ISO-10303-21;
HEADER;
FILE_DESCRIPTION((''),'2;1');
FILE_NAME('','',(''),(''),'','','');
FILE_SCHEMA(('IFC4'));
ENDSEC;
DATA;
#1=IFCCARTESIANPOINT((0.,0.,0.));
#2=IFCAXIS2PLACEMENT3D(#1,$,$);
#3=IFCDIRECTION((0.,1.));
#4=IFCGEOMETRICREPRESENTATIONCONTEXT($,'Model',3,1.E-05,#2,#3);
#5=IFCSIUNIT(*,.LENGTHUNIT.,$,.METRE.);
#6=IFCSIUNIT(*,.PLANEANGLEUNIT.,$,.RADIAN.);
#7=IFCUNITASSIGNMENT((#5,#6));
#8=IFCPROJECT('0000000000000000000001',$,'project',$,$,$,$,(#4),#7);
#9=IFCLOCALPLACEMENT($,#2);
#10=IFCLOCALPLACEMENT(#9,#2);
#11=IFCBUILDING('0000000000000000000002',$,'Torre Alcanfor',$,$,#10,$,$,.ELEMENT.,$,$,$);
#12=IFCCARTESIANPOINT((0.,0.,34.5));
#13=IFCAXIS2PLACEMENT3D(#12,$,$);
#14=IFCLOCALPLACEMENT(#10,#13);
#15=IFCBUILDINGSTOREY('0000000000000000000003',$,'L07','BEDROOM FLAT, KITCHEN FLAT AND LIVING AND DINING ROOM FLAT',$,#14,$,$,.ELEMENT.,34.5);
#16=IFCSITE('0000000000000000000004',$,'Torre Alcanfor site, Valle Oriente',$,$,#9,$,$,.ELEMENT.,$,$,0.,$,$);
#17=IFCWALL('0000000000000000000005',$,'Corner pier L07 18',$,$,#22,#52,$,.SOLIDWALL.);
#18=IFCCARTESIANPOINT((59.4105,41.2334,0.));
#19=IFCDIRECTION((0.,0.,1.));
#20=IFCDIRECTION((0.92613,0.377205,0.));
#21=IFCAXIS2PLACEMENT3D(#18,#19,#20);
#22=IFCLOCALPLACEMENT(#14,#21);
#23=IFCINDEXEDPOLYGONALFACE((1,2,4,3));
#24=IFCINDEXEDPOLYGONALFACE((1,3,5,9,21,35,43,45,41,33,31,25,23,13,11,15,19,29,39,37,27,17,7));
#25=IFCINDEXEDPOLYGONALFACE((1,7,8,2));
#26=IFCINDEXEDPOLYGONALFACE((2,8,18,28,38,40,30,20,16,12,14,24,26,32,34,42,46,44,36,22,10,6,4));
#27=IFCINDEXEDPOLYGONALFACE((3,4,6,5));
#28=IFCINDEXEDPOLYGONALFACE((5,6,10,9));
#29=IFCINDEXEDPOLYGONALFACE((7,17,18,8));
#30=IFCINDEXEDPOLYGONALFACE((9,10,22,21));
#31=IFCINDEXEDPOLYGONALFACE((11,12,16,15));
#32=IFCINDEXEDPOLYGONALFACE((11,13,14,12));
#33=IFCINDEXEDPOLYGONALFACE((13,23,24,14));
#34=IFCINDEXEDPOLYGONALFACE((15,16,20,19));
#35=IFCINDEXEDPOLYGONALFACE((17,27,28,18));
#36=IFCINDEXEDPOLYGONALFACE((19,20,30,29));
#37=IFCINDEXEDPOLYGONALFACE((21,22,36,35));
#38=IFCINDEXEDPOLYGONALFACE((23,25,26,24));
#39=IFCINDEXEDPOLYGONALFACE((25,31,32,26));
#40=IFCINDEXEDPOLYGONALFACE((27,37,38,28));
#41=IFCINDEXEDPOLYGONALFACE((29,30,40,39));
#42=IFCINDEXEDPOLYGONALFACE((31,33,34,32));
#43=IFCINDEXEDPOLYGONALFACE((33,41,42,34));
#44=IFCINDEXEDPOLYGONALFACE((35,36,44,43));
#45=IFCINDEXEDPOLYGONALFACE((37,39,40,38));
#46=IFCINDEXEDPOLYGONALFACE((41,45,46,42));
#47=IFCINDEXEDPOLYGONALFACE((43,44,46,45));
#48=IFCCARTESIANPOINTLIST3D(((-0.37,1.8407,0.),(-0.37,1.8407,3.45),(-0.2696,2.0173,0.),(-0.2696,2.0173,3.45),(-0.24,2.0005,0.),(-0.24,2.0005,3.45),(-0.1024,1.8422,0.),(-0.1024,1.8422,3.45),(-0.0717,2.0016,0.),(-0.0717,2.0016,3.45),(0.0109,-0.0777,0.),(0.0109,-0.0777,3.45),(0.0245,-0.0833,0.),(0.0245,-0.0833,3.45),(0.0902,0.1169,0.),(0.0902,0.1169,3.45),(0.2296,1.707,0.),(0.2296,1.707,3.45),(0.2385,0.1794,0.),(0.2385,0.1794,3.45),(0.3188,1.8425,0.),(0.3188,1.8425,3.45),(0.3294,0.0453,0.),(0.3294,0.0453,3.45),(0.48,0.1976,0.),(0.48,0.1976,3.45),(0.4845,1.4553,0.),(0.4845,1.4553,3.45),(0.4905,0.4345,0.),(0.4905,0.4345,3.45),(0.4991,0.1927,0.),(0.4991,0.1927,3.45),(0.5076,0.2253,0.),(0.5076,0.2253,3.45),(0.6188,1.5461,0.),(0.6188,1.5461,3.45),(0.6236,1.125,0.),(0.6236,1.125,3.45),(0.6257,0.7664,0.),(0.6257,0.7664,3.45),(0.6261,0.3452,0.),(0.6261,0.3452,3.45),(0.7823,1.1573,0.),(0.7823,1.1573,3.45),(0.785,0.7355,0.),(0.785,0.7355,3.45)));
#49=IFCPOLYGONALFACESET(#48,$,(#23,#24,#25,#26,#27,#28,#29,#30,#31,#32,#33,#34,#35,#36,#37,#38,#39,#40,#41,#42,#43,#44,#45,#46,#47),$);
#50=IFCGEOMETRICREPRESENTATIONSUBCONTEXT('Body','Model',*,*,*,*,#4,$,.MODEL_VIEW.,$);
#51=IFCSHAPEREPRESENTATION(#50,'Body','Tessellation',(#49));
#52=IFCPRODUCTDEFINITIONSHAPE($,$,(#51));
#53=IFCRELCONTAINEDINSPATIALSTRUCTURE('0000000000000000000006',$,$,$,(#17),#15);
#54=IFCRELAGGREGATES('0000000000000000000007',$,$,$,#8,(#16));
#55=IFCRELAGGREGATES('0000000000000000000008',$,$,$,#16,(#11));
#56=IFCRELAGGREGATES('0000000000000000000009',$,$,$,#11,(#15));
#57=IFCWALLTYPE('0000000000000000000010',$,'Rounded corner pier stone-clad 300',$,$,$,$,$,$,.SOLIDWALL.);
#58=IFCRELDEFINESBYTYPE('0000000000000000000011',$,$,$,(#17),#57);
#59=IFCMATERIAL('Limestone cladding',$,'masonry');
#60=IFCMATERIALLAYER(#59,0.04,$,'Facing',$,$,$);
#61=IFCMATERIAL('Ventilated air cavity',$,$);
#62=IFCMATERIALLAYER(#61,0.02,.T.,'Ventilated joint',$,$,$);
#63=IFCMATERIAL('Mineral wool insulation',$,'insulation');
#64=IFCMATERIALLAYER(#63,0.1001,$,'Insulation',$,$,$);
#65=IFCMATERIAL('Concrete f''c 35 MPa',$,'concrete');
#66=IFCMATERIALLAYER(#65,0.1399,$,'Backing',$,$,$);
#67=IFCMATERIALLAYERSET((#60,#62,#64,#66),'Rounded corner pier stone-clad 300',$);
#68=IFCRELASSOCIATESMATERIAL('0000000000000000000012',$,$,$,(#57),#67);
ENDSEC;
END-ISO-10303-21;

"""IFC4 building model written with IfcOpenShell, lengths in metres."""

from ifc_helpers import new_model, si_unit, direction, frame, origin, place, context, subcontext, project, spatial, polyline, outline, extrude, material, layer, layer_set, type_object, element, save


model = new_model("IFC4")

# Units and contexts
model_context = context("Model", 3, precision=1e-05, world=origin(), true_north=direction((0.0, 1.0)))
body_context = subcontext(model_context, "Body", "Model", "MODEL_VIEW")
ifc_project = project(units=[si_unit("LENGTHUNIT", "METRE"), si_unit("PLANEANGLEUNIT", "RADIAN")], contexts=[model_context])

# Site, building, storey
site_placement = place(None, origin())
site = spatial("IfcSite", under=ifc_project, at=site_placement, Name="Torre Alcanfor site, Valle Oriente", CompositionType="ELEMENT", RefElevation=0.0)
building_placement = place(site_placement, origin())
building = spatial("IfcBuilding", under=site, at=building_placement, Name="Torre Alcanfor", CompositionType="ELEMENT")
storey_placement = place(building_placement, frame((0.0, 0.0, 34.5)))
storey = spatial("IfcBuildingStorey", under=building, at=storey_placement, Name="L07", Description="BEDROOM FLAT, KITCHEN FLAT AND LIVING AND DINING ROOM FLAT", CompositionType="ELEMENT", Elevation=34.5)

# Shared definitions
ifc_material_1 = material(Name="Limestone cladding", Category="masonry")
ifc_material_2 = material(Name="Ventilated air cavity")
ifc_material_3 = material(Name="Mineral wool insulation", Category="insulation")
ifc_material_4 = material(Name="Concrete f'c 35 MPa", Category="concrete")

# Wall
ifc_layer_1 = layer(ifc_material_1, 0.04, Name="Facing")
ifc_layer_2 = layer(ifc_material_2, 0.02, ventilated=True, Name="Ventilated joint")
ifc_layer_3 = layer(ifc_material_3, 0.1001, Name="Insulation")
ifc_layer_4 = layer(ifc_material_4, 0.1399, Name="Backing")
ifc_layer_set_1 = layer_set([ifc_layer_1, ifc_layer_2, ifc_layer_3, ifc_layer_4], Name="Rounded corner pier stone-clad 300")
wall_type_1 = type_object("IfcWallType", Name="Rounded corner pier stone-clad 300", PredefinedType="SOLIDWALL", material=ifc_layer_set_1)
wall_1_placement = place(storey_placement, frame((59.4105, 41.2334, 0.0), z_axis=(0.0, 0.0, 1.0), x_axis=(0.92613, 0.377205, 0.0)))
element("IfcWall", 1, at=wall_1_placement, inside=storey, type_object=wall_type_1, Name="Corner pier L07 18", PredefinedType="SOLIDWALL", context=body_context, shape_type="SweptSolid", body=[
    extrude(outline(polyline([(0.6261, 0.3452), (0.785, 0.7355), (0.7823, 1.1573), (0.6188, 1.5461), (0.3188, 1.8425), (-0.0717, 2.0016), (-0.24, 2.0005), (-0.2696, 2.0173), (-0.37, 1.8407), (-0.1024, 1.8422), (0.2296, 1.707), (0.4845, 1.4553), (0.6236, 1.125), (0.6257, 0.7664), (0.4905, 0.4345), (0.2385, 0.1794), (0.0902, 0.1169), (0.0109, -0.0777), (0.0245, -0.0833), (0.3294, 0.0453), (0.48, 0.1976), (0.4991, 0.1927), (0.5076, 0.2253), (0.6261, 0.3452)])), origin(), (0.0, 0.0, 1.0), 3.45),
])

save(model, "model.ifc")
